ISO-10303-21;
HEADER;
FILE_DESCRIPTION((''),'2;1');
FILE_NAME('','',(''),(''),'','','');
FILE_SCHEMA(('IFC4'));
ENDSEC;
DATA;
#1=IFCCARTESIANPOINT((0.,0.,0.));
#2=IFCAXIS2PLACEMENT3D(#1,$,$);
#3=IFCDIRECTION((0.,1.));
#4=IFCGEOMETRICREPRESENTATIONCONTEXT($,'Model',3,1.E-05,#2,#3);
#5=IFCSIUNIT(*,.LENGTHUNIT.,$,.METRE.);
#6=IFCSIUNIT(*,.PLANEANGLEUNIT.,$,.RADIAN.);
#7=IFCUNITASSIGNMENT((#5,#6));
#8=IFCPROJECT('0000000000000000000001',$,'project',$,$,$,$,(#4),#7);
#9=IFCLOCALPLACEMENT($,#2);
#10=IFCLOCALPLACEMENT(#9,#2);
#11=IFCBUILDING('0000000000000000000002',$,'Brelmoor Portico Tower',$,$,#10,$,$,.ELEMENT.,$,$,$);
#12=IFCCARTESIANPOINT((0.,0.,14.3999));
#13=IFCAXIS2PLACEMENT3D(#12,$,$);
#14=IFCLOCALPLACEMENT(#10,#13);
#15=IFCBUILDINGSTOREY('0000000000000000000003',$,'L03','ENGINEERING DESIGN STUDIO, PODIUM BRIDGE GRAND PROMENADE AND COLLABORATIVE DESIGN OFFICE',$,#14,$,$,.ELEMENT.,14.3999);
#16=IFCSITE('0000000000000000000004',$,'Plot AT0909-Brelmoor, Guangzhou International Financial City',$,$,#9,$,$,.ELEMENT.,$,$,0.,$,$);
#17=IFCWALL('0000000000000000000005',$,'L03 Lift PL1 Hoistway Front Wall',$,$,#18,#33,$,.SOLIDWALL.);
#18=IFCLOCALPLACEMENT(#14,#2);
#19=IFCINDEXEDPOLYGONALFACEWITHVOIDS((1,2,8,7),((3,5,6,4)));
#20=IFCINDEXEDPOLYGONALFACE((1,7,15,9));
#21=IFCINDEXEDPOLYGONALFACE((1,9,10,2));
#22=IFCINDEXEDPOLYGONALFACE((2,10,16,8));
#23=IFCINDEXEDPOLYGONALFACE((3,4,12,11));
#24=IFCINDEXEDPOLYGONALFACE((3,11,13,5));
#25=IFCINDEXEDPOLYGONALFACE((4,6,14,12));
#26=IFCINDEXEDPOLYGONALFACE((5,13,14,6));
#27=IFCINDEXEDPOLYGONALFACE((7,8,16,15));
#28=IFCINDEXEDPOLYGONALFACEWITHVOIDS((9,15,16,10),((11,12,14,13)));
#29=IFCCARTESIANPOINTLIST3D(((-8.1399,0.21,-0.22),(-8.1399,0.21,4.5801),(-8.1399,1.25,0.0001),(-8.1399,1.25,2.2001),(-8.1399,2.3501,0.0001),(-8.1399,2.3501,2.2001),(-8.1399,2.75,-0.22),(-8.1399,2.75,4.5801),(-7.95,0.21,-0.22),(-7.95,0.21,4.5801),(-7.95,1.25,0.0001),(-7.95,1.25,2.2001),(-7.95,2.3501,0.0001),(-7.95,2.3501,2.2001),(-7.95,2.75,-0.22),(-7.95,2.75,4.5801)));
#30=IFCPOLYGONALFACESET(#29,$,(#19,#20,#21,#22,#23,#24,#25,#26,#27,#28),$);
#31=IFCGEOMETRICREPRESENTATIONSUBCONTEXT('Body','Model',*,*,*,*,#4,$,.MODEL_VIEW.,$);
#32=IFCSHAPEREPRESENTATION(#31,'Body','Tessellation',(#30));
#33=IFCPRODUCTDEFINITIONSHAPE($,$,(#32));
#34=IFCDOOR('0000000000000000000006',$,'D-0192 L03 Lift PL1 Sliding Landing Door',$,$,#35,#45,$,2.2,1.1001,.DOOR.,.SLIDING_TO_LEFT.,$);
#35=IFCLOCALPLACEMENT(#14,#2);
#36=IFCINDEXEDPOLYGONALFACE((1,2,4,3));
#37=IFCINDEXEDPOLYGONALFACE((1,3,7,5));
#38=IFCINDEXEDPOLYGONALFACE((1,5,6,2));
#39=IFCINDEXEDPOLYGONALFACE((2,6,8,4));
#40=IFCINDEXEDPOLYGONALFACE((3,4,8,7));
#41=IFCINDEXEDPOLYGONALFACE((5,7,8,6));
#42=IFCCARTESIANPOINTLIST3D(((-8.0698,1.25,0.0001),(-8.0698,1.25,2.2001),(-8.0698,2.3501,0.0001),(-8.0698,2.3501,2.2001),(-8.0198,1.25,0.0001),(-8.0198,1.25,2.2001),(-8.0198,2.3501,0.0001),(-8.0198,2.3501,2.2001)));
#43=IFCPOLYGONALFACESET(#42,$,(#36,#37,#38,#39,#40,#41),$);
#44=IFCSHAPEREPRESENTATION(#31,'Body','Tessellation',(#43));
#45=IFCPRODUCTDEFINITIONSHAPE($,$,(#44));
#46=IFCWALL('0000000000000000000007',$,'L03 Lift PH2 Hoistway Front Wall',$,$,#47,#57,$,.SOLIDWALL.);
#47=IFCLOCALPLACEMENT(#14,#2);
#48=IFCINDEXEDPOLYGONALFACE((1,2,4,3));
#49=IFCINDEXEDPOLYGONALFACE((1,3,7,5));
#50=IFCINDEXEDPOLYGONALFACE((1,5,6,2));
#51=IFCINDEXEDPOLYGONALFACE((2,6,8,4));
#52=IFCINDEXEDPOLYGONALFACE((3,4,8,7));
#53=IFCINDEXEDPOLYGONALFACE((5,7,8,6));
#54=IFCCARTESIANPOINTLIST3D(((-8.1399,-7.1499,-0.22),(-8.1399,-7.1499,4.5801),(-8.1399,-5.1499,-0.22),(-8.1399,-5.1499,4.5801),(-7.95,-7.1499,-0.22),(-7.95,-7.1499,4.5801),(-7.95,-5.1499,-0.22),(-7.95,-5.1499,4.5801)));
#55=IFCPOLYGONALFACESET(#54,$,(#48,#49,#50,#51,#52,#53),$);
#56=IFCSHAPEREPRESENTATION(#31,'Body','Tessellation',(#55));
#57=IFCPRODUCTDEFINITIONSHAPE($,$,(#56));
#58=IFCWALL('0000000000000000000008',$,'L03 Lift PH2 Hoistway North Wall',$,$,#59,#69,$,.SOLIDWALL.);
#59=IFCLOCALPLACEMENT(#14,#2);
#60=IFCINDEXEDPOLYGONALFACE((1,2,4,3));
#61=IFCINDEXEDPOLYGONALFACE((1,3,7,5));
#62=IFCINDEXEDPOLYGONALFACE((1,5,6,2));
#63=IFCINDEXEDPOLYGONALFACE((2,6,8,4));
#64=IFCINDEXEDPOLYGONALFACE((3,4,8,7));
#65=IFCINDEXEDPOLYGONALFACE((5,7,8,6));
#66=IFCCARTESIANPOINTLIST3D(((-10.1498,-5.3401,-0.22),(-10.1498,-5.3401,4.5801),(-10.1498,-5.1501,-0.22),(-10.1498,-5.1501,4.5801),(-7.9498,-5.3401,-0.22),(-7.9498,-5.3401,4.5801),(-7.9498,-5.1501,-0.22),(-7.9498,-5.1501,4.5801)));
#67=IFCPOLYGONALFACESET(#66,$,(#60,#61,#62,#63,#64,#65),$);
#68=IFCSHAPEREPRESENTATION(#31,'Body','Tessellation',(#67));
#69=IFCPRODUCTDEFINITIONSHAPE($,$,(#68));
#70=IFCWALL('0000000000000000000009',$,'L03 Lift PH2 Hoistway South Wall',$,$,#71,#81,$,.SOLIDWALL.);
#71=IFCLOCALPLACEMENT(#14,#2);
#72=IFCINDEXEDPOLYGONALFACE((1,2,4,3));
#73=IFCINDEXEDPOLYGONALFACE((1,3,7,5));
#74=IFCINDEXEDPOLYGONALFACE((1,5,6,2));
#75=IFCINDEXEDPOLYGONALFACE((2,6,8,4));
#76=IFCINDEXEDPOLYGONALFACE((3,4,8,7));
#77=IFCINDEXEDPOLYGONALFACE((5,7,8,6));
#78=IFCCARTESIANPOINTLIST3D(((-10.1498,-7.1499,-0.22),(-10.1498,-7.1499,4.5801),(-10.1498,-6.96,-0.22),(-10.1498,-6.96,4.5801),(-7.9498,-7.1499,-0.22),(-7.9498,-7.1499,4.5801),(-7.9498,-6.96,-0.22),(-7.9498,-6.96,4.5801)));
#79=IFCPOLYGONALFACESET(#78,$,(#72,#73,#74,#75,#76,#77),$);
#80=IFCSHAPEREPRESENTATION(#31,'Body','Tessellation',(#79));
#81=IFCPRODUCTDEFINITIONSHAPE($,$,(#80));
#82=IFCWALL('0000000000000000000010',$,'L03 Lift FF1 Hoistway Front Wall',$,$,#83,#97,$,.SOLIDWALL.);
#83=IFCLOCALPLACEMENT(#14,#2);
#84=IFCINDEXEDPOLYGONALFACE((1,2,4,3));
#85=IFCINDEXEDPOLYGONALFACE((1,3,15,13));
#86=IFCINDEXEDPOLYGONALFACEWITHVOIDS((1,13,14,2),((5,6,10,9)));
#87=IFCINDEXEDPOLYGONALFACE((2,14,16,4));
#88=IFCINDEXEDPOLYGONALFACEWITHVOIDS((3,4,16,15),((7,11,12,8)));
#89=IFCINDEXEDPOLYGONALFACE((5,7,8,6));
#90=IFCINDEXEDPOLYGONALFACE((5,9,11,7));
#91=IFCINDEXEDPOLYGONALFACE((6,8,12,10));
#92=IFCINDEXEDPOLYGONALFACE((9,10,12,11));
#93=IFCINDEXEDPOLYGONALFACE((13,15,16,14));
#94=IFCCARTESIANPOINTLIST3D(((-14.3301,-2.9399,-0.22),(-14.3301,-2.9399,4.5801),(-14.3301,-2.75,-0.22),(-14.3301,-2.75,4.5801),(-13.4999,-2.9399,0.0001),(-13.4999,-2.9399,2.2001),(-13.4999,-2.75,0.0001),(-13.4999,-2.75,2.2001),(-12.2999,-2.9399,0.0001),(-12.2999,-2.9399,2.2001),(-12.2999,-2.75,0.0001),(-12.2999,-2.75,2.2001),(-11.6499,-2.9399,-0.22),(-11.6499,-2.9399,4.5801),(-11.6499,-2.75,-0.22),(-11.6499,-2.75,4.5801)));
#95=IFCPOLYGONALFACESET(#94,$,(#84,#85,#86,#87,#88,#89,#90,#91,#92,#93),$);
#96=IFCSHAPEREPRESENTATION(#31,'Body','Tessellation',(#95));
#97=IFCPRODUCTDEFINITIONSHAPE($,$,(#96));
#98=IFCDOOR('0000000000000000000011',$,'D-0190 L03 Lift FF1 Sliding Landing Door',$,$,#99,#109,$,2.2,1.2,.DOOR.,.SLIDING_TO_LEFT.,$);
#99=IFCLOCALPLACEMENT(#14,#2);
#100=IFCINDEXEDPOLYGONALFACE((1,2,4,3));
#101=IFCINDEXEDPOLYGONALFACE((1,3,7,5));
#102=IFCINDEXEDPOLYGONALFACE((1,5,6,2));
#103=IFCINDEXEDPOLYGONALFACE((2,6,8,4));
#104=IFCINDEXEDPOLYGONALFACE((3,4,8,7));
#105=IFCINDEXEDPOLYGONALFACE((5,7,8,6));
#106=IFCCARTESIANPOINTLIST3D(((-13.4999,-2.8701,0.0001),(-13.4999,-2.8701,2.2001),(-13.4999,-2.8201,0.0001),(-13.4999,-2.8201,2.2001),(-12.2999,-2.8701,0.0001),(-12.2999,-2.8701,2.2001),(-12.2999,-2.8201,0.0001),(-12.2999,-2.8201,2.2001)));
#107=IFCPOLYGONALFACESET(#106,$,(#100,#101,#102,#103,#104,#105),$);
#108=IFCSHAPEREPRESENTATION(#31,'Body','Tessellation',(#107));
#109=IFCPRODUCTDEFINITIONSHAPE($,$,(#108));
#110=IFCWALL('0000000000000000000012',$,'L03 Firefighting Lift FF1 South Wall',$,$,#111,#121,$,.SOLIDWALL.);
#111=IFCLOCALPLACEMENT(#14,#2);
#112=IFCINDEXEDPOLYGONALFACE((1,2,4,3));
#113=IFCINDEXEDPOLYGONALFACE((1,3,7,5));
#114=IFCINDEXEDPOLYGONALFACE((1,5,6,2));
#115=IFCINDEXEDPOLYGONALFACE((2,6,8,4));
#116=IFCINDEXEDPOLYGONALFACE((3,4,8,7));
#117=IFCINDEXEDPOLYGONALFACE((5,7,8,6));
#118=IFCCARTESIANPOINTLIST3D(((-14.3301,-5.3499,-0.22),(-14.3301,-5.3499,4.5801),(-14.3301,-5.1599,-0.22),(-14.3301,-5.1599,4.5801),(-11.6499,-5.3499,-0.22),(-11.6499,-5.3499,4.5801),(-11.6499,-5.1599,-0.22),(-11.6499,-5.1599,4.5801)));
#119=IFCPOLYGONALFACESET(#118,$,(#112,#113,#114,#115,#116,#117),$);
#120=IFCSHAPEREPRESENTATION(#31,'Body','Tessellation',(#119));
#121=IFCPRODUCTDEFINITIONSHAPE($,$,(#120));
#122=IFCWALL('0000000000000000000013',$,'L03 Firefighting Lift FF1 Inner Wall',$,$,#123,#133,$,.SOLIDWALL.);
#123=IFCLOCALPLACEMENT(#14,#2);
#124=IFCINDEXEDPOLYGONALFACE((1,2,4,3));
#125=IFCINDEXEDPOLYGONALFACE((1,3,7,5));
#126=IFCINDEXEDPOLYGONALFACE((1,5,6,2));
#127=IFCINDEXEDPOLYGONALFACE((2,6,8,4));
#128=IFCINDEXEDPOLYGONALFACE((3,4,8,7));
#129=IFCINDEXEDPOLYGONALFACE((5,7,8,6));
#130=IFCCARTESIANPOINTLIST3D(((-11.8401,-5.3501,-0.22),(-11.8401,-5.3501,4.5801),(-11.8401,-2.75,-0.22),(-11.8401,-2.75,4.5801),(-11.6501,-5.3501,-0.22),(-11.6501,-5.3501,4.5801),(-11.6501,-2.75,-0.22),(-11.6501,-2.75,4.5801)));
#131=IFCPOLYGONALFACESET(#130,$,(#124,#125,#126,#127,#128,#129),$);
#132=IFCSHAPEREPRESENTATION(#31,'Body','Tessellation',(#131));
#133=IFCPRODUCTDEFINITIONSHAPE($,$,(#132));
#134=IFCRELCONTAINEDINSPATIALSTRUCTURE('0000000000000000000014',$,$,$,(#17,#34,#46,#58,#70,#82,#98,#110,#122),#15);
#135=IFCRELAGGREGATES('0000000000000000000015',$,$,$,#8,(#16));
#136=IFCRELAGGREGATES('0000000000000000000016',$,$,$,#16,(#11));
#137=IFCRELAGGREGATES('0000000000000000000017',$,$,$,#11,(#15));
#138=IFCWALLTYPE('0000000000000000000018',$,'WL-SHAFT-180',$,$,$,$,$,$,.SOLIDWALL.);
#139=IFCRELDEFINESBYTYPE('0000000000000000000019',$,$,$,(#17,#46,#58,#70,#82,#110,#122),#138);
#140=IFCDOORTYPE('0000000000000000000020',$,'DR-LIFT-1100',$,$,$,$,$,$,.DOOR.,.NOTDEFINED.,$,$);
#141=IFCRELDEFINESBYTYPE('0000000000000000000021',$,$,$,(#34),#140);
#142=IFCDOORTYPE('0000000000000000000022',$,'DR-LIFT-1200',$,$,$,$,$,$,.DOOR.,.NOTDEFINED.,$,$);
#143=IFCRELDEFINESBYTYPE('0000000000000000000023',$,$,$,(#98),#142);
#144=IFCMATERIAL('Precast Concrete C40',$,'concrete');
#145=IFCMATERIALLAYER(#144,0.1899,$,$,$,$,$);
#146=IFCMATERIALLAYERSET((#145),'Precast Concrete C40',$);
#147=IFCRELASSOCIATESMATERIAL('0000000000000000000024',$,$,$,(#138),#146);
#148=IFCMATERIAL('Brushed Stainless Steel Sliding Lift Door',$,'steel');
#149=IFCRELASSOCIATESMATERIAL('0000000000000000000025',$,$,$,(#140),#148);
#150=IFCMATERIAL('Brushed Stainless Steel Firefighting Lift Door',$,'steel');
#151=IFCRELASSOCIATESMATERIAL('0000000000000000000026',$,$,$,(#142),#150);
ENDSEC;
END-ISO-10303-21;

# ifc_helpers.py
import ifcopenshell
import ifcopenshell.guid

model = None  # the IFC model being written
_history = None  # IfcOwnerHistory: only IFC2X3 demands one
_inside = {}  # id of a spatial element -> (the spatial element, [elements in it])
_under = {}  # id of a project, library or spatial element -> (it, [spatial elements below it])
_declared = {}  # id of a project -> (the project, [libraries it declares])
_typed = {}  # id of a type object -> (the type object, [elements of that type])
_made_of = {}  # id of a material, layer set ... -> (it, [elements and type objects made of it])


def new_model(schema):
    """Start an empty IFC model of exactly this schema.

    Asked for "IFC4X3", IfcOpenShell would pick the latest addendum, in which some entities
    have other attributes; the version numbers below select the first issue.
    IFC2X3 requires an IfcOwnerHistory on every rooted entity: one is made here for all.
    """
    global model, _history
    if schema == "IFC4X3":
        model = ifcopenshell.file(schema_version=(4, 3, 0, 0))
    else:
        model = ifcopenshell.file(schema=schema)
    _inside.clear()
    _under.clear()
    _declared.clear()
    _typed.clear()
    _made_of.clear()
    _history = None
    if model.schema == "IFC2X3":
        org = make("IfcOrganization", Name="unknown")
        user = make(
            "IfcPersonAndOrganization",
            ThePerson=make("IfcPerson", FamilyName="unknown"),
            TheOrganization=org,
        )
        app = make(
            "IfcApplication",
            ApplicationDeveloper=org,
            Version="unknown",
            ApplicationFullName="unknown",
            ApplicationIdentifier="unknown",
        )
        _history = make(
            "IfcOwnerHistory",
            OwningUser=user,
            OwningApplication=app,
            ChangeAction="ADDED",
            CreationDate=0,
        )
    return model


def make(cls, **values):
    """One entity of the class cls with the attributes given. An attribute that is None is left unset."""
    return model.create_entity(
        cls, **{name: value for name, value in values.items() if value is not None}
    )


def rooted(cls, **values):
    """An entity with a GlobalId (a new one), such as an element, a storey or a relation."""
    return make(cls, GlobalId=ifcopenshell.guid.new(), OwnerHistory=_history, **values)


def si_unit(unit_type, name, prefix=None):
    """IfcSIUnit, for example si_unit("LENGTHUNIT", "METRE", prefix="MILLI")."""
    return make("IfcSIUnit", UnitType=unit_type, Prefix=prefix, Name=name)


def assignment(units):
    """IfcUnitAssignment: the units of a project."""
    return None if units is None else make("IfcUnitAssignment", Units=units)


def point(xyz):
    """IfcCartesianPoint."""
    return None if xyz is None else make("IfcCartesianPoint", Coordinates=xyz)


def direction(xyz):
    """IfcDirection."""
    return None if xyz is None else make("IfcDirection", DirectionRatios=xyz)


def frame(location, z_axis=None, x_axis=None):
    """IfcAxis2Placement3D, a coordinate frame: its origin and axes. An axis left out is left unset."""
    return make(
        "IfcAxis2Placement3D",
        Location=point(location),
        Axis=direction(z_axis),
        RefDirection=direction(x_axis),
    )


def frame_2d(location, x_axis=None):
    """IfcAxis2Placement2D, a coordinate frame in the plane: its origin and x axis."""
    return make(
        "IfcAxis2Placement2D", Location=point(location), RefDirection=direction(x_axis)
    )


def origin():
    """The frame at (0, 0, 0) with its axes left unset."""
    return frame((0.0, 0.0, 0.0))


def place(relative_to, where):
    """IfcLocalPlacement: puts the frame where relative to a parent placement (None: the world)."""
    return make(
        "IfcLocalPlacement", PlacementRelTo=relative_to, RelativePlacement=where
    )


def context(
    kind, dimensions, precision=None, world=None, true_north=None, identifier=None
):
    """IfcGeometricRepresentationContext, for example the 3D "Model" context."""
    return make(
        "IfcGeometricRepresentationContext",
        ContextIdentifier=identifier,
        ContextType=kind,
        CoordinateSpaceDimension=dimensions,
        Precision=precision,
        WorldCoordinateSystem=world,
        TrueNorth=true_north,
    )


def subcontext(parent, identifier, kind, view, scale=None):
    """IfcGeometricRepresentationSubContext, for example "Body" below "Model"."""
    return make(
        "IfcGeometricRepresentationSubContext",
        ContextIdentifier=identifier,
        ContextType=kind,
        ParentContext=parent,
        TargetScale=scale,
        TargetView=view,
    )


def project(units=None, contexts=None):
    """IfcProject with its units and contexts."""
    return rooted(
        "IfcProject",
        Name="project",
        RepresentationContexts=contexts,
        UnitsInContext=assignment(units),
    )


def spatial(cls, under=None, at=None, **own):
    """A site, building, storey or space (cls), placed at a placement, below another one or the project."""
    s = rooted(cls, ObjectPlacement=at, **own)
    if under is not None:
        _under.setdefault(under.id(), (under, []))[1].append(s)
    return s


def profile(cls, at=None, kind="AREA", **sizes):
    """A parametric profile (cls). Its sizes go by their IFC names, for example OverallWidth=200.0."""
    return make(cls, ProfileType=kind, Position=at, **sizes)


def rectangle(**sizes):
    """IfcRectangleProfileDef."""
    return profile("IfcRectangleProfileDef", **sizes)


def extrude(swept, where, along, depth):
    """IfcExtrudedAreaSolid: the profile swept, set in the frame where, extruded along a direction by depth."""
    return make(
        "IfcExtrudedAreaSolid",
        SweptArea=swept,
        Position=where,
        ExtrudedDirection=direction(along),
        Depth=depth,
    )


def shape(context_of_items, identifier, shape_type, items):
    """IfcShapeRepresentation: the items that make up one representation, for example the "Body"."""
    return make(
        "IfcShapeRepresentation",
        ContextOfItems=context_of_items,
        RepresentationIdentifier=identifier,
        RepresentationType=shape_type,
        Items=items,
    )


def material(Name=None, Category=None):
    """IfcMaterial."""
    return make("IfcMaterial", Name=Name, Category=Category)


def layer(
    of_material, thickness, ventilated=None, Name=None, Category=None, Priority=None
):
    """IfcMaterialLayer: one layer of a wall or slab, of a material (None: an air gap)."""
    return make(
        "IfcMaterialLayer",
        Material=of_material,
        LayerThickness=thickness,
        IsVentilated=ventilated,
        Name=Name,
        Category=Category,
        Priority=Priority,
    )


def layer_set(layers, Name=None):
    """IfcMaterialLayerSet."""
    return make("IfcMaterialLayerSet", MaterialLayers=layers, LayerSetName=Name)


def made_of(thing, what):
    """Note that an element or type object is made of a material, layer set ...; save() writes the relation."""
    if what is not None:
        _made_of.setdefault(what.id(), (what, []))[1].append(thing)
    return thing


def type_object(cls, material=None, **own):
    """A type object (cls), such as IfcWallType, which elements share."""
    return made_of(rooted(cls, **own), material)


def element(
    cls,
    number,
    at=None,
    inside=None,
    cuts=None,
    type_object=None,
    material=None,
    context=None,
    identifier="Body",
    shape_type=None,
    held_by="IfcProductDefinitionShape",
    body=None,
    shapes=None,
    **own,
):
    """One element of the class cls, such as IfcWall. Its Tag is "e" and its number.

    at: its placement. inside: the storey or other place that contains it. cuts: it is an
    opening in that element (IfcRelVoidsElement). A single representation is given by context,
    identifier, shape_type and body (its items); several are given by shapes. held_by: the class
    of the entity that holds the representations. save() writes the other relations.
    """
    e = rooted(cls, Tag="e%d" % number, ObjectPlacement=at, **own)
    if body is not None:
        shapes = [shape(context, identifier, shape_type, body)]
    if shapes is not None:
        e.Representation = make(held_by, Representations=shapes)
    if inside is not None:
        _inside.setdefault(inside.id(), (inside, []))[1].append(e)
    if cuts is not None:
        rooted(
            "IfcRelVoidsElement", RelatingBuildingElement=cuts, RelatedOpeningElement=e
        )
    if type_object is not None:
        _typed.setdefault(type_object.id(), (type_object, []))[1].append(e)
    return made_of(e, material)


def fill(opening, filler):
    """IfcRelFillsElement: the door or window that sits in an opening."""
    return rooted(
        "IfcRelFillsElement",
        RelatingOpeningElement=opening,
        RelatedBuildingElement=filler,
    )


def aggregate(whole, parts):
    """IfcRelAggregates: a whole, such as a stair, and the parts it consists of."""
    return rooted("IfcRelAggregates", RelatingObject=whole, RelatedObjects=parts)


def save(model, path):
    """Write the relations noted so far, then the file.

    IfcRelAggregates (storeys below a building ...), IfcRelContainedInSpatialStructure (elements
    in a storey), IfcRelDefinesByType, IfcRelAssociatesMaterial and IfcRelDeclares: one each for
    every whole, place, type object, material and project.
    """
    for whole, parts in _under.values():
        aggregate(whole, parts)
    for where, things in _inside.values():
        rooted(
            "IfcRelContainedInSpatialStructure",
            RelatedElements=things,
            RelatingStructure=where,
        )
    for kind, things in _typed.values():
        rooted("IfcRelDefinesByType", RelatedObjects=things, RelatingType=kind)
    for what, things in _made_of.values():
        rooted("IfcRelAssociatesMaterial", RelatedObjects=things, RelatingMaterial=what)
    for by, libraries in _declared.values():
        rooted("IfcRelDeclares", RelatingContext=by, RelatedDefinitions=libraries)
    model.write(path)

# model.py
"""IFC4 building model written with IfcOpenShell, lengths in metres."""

from ifc_helpers import new_model, si_unit, direction, frame, frame_2d, origin, place, context, subcontext, project, spatial, rectangle, extrude, material, layer, layer_set, type_object, element, fill, save


model = new_model("IFC4")

# Units and contexts
model_context = context("Model", 3, precision=1e-05, world=origin(), true_north=direction((0.0, 1.0)))
body_context = subcontext(model_context, "Body", "Model", "MODEL_VIEW")
ifc_project = project(units=[si_unit("LENGTHUNIT", "METRE"), si_unit("PLANEANGLEUNIT", "RADIAN")], contexts=[model_context])

# Site, building, storey
site_placement = place(None, origin())
site = spatial("IfcSite", under=ifc_project, at=site_placement, Name="Plot AT0909-Brelmoor, Guangzhou International Financial City", CompositionType="ELEMENT", RefElevation=0.0)
building_placement = place(site_placement, origin())
building = spatial("IfcBuilding", under=site, at=building_placement, Name="Brelmoor Portico Tower", CompositionType="ELEMENT")
storey_placement = place(building_placement, frame((0.0, 0.0, 14.3999)))
storey = spatial("IfcBuildingStorey", under=building, at=storey_placement, Name="L03", Description="ENGINEERING DESIGN STUDIO, PODIUM BRIDGE GRAND PROMENADE AND COLLABORATIVE DESIGN OFFICE", CompositionType="ELEMENT", Elevation=14.3999)

# Wall, opening, door
ifc_material_1 = material(Name="Precast Concrete C40", Category="concrete")
ifc_layer_1 = layer(ifc_material_1, 0.1899)
ifc_layer_set_1 = layer_set([ifc_layer_1], Name="Precast Concrete C40")
wall_type_1 = type_object("IfcWallType", Name="WL-SHAFT-180", PredefinedType="SOLIDWALL", material=ifc_layer_set_1)
wall_1_placement = place(storey_placement, frame((-8.0449, 0.21, -0.22), z_axis=(0.0, 0.0, 1.0), x_axis=(0.0, 1.0, 0.0)))
wall_1 = element("IfcWall", 1, at=wall_1_placement, inside=storey, type_object=wall_type_1, Name="L03 Lift PL1 Hoistway Front Wall", PredefinedType="SOLIDWALL", context=body_context, shape_type="SweptSolid", body=[
    extrude(rectangle(XDim=2.54, YDim=0.1899, at=frame_2d((1.27, 0.0))), origin(), (0.0, 0.0, 1.0), 4.8),
])
opening_1_placement = place(wall_1_placement, frame((1.04, 0.0, 0.22)))
opening_1 = element("IfcOpeningElement", 2, at=opening_1_placement, cuts=wall_1, PredefinedType="OPENING", context=body_context, shape_type="SweptSolid", body=[
    extrude(rectangle(XDim=1.1001, YDim=2.2, at=frame_2d((0.55, 1.1001))), frame((0.0, 0.105, 0.0), z_axis=(0.0, -1.0, 0.0), x_axis=(1.0, 0.0, 0.0)), (0.0, 0.0, 1.0), 0.21),
])
ifc_material_2 = material(Name="Brushed Stainless Steel Sliding Lift Door", Category="steel")
door_type_1 = type_object("IfcDoorType", Name="DR-LIFT-1100", OperationType="NOTDEFINED", PredefinedType="DOOR", material=ifc_material_2)
door_1_placement = place(opening_1_placement, origin())
door_1 = element("IfcDoor", 3, at=door_1_placement, inside=storey, type_object=door_type_1, Name="D-0192 L03 Lift PL1 Sliding Landing Door", OperationType="SLIDING_TO_LEFT", OverallHeight=2.2, OverallWidth=1.1001, PredefinedType="DOOR", context=body_context, shape_type="SweptSolid", body=[
    extrude(rectangle(XDim=1.1001, YDim=2.2, at=frame_2d((0.55, 1.1001))), frame((0.0, 0.0249, 0.0), z_axis=(0.0, -1.0, 0.0), x_axis=(1.0, 0.0, 0.0)), (0.0, 0.0, 1.0), 0.05),
])
fill(opening_1, door_1)

# Walls
wall_2_placement = place(storey_placement, frame((-8.0449, -7.1499, -0.22), z_axis=(0.0, 0.0, 1.0), x_axis=(0.0, 1.0, 0.0)))
element("IfcWall", 4, at=wall_2_placement, inside=storey, type_object=wall_type_1, Name="L03 Lift PH2 Hoistway Front Wall", PredefinedType="SOLIDWALL", context=body_context, shape_type="SweptSolid", body=[
    extrude(rectangle(XDim=2.0, YDim=0.1899, at=frame_2d((1.0, 0.0))), origin(), (0.0, 0.0, 1.0), 4.8),
])
for number, where, z_axis, x_axis, name in (
    (5, (-10.1499, -5.2451, -0.22), (0.0, 0.0, 1.0), (1.0, 0.0, 0.0), "L03 Lift PH2 Hoistway North Wall"),
    (6, (-10.1499, -7.0549, -0.22), (0.0, 0.0, 1.0), (1.0, 0.0, 0.0), "L03 Lift PH2 Hoistway South Wall"),
):
    element("IfcWall", number, at=place(storey_placement, frame(where, z_axis=z_axis, x_axis=x_axis)), inside=storey, type_object=wall_type_1, Name=name, PredefinedType="SOLIDWALL", context=body_context, shape_type="SweptSolid", body=[
        extrude(rectangle(XDim=2.2, YDim=0.1899, at=frame_2d((1.1001, 0.0))), origin(), (0.0, 0.0, 1.0), 4.8),
    ])

# Wall, opening, door
wall_3_placement = place(storey_placement, frame((-14.3301, -2.845, -0.22), z_axis=(0.0, 0.0, 1.0), x_axis=(1.0, 0.0, 0.0)))
wall_3 = element("IfcWall", 7, at=wall_3_placement, inside=storey, type_object=wall_type_1, Name="L03 Lift FF1 Hoistway Front Wall", PredefinedType="SOLIDWALL", context=body_context, shape_type="SweptSolid", body=[
    extrude(rectangle(XDim=2.6802, YDim=0.1899, at=frame_2d((1.3401, 0.0))), origin(), (0.0, 0.0, 1.0), 4.8),
])
opening_2_placement = place(wall_3_placement, frame((0.8301, 0.0, 0.22)))
opening_2 = element("IfcOpeningElement", 8, at=opening_2_placement, cuts=wall_3, PredefinedType="OPENING", context=body_context, shape_type="SweptSolid", body=[
    extrude(rectangle(XDim=1.2, YDim=2.2, at=frame_2d((0.6001, 1.1001))), frame((0.0, 0.105, 0.0), z_axis=(0.0, -1.0, 0.0), x_axis=(1.0, 0.0, 0.0)), (0.0, 0.0, 1.0), 0.21),
])
ifc_material_3 = material(Name="Brushed Stainless Steel Firefighting Lift Door", Category="steel")
door_type_2 = type_object("IfcDoorType", Name="DR-LIFT-1200", OperationType="NOTDEFINED", PredefinedType="DOOR", material=ifc_material_3)
door_2_placement = place(opening_2_placement, origin())
door_2 = element("IfcDoor", 9, at=door_2_placement, inside=storey, type_object=door_type_2, Name="D-0190 L03 Lift FF1 Sliding Landing Door", OperationType="SLIDING_TO_LEFT", OverallHeight=2.2, OverallWidth=1.2, PredefinedType="DOOR", context=body_context, shape_type="SweptSolid", body=[
    extrude(rectangle(XDim=1.2, YDim=2.2, at=frame_2d((0.6001, 1.1001))), frame((0.0, 0.0249, 0.0), z_axis=(0.0, -1.0, 0.0), x_axis=(1.0, 0.0, 0.0)), (0.0, 0.0, 1.0), 0.05),
])
fill(opening_2, door_2)

# Walls
wall_4_placement = place(storey_placement, frame((-14.3301, -5.2549, -0.22), z_axis=(0.0, 0.0, 1.0), x_axis=(1.0, 0.0, 0.0)))
element("IfcWall", 10, at=wall_4_placement, inside=storey, type_object=wall_type_1, Name="L03 Firefighting Lift FF1 South Wall", PredefinedType="SOLIDWALL", context=body_context, shape_type="SweptSolid", body=[
    extrude(rectangle(XDim=2.6802, YDim=0.1899, at=frame_2d((1.3401, 0.0))), origin(), (0.0, 0.0, 1.0), 4.8),
])
wall_5_placement = place(storey_placement, frame((-11.7451, -5.3501, -0.22), z_axis=(0.0, 0.0, 1.0), x_axis=(0.0, 1.0, 0.0)))
element("IfcWall", 11, at=wall_5_placement, inside=storey, type_object=wall_type_1, Name="L03 Firefighting Lift FF1 Inner Wall", PredefinedType="SOLIDWALL", context=body_context, shape_type="SweptSolid", body=[
    extrude(rectangle(XDim=2.6001, YDim=0.1899, at=frame_2d((1.3, 0.0))), origin(), (0.0, 0.0, 1.0), 4.8),
])

save(model, "model.ifc")
